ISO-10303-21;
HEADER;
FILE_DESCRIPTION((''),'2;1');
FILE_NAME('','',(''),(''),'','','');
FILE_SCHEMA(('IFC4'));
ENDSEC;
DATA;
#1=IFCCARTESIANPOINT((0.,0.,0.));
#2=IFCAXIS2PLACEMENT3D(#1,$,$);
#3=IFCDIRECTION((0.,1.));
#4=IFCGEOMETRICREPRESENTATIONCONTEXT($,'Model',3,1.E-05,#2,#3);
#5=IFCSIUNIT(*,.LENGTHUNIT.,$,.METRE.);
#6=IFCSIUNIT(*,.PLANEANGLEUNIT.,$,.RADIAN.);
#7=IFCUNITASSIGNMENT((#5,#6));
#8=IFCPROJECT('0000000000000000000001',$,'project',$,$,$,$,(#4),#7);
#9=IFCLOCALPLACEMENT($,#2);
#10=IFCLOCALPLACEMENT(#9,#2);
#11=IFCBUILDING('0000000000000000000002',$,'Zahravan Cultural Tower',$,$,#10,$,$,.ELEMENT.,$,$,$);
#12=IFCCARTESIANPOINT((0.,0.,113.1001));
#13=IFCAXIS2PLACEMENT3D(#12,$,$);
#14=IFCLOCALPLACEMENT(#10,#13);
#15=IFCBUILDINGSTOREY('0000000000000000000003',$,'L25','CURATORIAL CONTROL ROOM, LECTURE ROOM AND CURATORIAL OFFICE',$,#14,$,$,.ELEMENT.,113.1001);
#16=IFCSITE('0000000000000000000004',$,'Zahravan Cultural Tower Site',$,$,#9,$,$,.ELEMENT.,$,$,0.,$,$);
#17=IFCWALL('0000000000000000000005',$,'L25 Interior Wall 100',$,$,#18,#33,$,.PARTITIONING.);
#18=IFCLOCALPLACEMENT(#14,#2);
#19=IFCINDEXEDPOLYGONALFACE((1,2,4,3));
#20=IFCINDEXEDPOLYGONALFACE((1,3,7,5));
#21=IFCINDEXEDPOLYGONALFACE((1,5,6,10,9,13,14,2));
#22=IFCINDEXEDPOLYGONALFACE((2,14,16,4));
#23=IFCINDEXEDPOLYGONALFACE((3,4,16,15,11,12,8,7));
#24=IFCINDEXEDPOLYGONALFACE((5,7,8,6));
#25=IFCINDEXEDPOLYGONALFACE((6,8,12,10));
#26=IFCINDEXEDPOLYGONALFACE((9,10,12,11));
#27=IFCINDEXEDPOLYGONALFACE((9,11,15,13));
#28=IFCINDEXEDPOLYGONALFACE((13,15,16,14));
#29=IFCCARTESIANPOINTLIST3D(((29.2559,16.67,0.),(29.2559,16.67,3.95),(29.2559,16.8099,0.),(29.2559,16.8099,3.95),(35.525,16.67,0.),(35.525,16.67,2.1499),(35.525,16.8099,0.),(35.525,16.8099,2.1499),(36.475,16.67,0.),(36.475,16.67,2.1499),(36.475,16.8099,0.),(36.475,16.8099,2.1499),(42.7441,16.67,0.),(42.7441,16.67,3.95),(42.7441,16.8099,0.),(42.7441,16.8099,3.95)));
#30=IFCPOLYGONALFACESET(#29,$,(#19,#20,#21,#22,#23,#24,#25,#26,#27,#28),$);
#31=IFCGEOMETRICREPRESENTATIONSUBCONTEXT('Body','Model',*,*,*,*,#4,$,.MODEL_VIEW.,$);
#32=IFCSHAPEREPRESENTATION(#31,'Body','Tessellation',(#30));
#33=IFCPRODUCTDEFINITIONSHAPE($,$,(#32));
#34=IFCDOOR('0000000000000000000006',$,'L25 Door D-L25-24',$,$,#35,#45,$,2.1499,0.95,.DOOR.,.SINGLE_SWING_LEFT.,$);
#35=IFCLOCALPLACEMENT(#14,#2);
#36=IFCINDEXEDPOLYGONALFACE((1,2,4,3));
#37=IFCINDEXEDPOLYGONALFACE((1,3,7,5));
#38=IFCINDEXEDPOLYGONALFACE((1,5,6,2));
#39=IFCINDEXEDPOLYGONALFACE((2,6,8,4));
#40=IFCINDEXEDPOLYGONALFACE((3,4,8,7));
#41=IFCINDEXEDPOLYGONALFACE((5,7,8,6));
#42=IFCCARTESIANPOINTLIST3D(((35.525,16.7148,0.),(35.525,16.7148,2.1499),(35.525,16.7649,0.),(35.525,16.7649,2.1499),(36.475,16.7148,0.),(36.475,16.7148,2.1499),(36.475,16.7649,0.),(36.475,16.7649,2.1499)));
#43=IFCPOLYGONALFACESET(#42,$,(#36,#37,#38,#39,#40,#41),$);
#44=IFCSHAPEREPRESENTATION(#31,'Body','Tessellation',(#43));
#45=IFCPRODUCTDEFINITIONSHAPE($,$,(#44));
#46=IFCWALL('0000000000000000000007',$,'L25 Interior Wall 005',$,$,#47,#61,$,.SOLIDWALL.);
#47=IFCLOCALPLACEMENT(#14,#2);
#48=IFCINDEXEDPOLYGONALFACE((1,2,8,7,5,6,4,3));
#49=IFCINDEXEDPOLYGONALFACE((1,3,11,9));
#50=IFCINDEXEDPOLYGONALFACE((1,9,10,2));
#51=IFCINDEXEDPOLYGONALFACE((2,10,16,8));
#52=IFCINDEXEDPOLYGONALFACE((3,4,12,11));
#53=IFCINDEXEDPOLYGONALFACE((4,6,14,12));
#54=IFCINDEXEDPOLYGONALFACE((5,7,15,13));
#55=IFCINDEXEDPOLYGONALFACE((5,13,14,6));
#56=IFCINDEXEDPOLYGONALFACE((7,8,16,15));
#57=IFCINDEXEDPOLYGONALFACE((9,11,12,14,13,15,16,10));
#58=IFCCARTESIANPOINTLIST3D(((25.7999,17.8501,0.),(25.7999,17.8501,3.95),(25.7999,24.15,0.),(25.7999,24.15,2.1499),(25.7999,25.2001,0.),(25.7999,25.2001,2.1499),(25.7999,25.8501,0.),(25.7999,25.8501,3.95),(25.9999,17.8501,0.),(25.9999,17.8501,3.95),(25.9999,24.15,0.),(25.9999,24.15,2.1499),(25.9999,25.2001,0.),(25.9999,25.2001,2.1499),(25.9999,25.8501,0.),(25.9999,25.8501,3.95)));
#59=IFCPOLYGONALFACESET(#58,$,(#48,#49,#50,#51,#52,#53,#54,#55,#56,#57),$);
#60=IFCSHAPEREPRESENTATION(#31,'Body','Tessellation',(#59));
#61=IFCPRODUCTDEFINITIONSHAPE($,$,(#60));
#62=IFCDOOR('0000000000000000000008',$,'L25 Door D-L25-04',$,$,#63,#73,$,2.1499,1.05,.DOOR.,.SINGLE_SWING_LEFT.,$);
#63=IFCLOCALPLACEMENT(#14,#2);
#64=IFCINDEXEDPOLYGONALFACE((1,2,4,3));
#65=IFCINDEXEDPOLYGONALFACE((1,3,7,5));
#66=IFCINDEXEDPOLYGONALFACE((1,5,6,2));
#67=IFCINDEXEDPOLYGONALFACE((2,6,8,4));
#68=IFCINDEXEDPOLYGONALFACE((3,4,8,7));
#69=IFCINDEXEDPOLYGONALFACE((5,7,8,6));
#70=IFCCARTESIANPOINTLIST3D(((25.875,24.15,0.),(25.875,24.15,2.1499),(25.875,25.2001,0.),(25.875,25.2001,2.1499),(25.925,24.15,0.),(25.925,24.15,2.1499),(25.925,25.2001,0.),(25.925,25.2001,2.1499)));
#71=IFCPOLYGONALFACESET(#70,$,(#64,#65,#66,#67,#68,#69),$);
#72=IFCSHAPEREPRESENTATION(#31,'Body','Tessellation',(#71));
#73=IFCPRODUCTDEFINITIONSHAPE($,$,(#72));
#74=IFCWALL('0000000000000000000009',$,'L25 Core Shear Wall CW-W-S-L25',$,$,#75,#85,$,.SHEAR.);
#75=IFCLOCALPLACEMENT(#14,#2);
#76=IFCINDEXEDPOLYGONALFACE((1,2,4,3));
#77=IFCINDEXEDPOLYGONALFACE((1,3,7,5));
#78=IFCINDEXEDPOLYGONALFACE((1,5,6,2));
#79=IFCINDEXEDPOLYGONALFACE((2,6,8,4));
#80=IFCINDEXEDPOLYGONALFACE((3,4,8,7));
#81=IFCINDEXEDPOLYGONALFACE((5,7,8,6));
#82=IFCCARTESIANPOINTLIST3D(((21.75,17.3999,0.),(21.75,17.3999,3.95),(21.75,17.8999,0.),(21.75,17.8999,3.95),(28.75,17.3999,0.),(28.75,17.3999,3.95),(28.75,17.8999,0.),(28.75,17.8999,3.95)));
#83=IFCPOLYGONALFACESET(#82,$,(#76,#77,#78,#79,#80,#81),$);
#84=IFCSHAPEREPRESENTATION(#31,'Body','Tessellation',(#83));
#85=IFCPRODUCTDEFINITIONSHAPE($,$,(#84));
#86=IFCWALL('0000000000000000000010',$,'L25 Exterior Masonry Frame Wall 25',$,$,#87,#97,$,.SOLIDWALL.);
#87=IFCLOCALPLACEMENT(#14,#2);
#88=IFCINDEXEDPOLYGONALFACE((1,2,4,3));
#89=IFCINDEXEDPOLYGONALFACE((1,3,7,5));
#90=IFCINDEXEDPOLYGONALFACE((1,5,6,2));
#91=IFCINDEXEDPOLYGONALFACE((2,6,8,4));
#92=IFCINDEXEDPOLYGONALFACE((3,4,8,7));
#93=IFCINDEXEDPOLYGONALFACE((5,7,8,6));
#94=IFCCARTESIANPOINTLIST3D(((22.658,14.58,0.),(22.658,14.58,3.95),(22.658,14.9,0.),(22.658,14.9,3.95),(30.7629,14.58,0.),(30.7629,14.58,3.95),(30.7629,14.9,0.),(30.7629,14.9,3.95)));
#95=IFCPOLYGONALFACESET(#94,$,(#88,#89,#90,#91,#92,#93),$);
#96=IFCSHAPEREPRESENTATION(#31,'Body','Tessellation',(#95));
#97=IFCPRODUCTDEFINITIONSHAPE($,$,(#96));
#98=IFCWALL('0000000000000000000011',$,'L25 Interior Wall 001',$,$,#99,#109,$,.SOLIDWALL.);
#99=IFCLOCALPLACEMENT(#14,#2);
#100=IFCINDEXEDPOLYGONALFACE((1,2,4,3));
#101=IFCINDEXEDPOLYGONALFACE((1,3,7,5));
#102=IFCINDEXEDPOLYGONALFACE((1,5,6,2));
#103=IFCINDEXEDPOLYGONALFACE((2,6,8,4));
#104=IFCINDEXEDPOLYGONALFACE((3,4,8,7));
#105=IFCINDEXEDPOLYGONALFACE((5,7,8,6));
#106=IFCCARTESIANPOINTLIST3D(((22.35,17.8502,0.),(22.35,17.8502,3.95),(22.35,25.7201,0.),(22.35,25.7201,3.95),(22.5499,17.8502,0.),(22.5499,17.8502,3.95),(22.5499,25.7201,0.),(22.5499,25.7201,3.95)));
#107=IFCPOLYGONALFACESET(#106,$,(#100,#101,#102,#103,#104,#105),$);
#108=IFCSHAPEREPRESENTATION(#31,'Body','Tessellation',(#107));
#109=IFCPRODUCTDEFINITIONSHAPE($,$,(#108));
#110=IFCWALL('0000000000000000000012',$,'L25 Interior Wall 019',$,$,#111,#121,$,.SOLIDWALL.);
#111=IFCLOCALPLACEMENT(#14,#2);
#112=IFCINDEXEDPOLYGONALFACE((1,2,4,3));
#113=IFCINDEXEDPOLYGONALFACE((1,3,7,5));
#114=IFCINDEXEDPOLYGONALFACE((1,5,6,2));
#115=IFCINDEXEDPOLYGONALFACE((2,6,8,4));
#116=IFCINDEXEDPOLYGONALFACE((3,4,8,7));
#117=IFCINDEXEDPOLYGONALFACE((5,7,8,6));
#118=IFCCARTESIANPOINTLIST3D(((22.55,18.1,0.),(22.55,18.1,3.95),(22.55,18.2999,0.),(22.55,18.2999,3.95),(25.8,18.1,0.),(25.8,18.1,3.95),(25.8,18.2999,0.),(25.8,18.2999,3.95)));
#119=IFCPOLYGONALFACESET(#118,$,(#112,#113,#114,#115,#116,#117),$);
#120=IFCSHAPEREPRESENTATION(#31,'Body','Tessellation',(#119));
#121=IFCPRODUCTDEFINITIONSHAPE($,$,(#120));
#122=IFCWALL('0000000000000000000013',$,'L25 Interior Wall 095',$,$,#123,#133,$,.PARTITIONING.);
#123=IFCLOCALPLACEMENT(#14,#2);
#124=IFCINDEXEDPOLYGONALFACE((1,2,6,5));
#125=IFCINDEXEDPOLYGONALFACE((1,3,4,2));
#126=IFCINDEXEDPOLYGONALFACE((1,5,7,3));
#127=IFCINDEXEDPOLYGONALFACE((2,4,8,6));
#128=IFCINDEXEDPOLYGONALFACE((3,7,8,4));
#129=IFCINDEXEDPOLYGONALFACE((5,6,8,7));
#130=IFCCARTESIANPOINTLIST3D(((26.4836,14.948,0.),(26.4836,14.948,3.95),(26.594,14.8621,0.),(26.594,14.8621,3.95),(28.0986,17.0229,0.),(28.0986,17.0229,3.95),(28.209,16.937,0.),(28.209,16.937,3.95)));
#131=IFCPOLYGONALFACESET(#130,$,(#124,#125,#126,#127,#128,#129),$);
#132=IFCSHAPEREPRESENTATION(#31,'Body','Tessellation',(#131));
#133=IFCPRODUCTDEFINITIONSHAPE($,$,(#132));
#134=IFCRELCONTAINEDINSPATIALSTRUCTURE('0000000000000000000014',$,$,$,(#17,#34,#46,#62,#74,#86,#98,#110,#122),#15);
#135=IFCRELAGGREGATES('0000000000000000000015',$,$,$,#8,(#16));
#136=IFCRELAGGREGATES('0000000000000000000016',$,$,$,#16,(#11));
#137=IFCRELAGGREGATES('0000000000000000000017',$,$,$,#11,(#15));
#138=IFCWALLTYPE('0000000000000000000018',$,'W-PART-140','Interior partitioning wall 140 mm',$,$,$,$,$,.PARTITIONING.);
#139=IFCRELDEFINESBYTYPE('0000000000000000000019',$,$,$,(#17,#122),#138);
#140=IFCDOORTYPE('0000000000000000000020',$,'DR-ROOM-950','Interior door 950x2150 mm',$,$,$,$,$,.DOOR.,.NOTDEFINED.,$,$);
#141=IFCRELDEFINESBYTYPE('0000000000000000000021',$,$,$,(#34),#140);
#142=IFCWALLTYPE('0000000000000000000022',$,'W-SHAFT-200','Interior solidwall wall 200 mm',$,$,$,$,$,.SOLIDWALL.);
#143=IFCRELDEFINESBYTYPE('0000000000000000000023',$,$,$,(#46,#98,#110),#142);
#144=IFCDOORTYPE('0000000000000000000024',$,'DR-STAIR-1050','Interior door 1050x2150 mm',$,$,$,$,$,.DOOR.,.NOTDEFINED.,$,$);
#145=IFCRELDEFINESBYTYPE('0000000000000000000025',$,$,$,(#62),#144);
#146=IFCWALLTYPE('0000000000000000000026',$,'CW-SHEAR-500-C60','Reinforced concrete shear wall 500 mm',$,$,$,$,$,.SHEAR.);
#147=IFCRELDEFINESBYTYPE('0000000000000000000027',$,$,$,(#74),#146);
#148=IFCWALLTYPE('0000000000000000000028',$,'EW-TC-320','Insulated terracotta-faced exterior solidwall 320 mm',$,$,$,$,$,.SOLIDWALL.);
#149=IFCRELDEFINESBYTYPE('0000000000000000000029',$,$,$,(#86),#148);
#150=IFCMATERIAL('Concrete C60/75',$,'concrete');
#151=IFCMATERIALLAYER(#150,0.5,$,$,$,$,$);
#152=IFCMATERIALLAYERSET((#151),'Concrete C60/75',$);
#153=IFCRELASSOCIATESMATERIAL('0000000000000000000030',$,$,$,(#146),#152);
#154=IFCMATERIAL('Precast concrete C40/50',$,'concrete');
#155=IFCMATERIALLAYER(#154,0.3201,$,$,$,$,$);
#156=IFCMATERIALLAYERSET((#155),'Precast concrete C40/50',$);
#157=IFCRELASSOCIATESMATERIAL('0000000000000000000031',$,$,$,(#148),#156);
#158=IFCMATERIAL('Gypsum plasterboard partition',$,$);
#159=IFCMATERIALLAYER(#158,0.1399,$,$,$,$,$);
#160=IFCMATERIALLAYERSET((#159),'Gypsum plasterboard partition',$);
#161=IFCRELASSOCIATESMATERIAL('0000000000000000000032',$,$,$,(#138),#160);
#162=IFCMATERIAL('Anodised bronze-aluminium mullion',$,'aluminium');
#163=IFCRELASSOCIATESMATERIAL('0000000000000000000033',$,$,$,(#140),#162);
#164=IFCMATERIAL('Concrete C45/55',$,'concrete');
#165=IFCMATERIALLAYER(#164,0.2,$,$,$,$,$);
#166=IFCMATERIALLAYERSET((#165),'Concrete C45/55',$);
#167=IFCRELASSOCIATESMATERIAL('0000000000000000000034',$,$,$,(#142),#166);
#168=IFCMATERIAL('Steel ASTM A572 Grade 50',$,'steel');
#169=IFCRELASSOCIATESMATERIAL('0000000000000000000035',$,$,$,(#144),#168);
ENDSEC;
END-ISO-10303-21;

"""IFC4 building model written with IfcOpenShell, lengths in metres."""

from ifc_helpers import new_model, si_unit, direction, frame, frame_2d, origin, place, context, subcontext, project, spatial, rectangle, extrude, source, transform, mapped, material, layer, layer_set, type_object, element, fill, save


model = new_model("IFC4")

# Units and contexts
model_context = context("Model", 3, precision=1e-05, world=origin(), true_north=direction((0.0, 1.0)))
body_context = subcontext(model_context, "Body", "Model", "MODEL_VIEW")
ifc_project = project(units=[si_unit("LENGTHUNIT", "METRE"), si_unit("PLANEANGLEUNIT", "RADIAN")], contexts=[model_context])

# Site, building, storey
site_placement = place(None, origin())
site = spatial("IfcSite", under=ifc_project, at=site_placement, Name="Zahravan Cultural Tower Site", CompositionType="ELEMENT", RefElevation=0.0)
building_placement = place(site_placement, origin())
building = spatial("IfcBuilding", under=site, at=building_placement, Name="Zahravan Cultural Tower", CompositionType="ELEMENT")
storey_placement = place(building_placement, frame((0.0, 0.0, 113.1001)))
storey = spatial("IfcBuildingStorey", under=building, at=storey_placement, Name="L25", Description="CURATORIAL CONTROL ROOM, LECTURE ROOM AND CURATORIAL OFFICE", CompositionType="ELEMENT", Elevation=113.1001)

# Shared definitions
ifc_material_1 = material(Name="Concrete C60/75", Category="concrete")

# Shared definitions
ifc_material_2 = material(Name="Anodised bronze-aluminium mullion", Category="aluminium")

# Shared definitions
ifc_layer_1 = layer(ifc_material_1, 0.5)
ifc_layer_set_1 = layer_set([ifc_layer_1], Name="Concrete C60/75")
wall_type_1 = type_object("IfcWallType", Name="CW-SHEAR-500-C60", Description="Reinforced concrete shear wall 500 mm", PredefinedType="SHEAR", material=ifc_layer_set_1)
ifc_material_3 = material(Name="Steel ASTM A572 Grade 50", Category="steel")

# Shared definitions
ifc_material_4 = material(Name="Precast concrete C40/50", Category="concrete")
ifc_layer_2 = layer(ifc_material_4, 0.3201)
ifc_layer_set_2 = layer_set([ifc_layer_2], Name="Precast concrete C40/50")
wall_type_2 = type_object("IfcWallType", Name="EW-TC-320", Description="Insulated terracotta-faced exterior solidwall 320 mm", PredefinedType="SOLIDWALL", material=ifc_layer_set_2)

# Walls, openings, doors
ifc_material_5 = material(Name="Gypsum plasterboard partition")
ifc_layer_3 = layer(ifc_material_5, 0.1399)
ifc_layer_set_3 = layer_set([ifc_layer_3], Name="Gypsum plasterboard partition")
wall_type_3 = type_object("IfcWallType", Name="W-PART-140", Description="Interior partitioning wall 140 mm", PredefinedType="PARTITIONING", material=ifc_layer_set_3)
wall_1_placement = place(storey_placement, frame((29.2559, 16.74, 0.0), z_axis=(0.0, 0.0, 1.0), x_axis=(1.0, 0.0, 0.0)))
wall_1 = element("IfcWall", 1, at=wall_1_placement, inside=storey, type_object=wall_type_3, Name="L25 Interior Wall 100", PredefinedType="PARTITIONING", context=body_context, shape_type="SweptSolid", body=[
    extrude(rectangle(XDim=13.4883, YDim=0.1399, at=frame_2d((6.7441, 0.0))), origin(), (0.0, 0.0, 1.0), 3.95),
])
opening_1_placement = place(wall_1_placement, frame((6.269, 0.0, 0.0)))
opening_1 = element("IfcOpeningElement", 2, at=opening_1_placement, cuts=wall_1, PredefinedType="OPENING", context=body_context, shape_type="SweptSolid", body=[
    extrude(rectangle(XDim=0.95, YDim=2.1499, at=frame_2d((0.4751, 1.075))), frame((0.0, 0.0798, 0.0), z_axis=(0.0, -1.0, 0.0), x_axis=(1.0, 0.0, 0.0)), (0.0, 0.0, 1.0), 0.1599),
])
door_type_1 = type_object("IfcDoorType", Name="DR-ROOM-950", Description="Interior door 950x2150 mm", OperationType="NOTDEFINED", PredefinedType="DOOR", material=ifc_material_2)
shared_shape_1 = source(origin(), body_context, "Body", "SweptSolid", [
    extrude(rectangle(XDim=0.95, YDim=2.1499, at=frame_2d((0.4751, 1.075))), frame((0.0, 0.0249, 0.0), z_axis=(0.0, -1.0, 0.0), x_axis=(1.0, 0.0, 0.0)), (0.0, 0.0, 1.0), 0.05),
])
door_1_placement = place(opening_1_placement, origin())
door_1 = element("IfcDoor", 3, at=door_1_placement, inside=storey, type_object=door_type_1, Name="L25 Door D-L25-24", OperationType="SINGLE_SWING_LEFT", OverallHeight=2.1499, OverallWidth=0.95, PredefinedType="DOOR", context=body_context, shape_type="MappedRepresentation", body=[
    mapped(shared_shape_1, transform((0.0, 0.0, 0.0), x_axis=(1.0, 0.0, 0.0), y_axis=(0.0, 1.0, 0.0), z_axis=(0.0, 0.0, 1.0), scale=1.0)),
])
fill(opening_1, door_1)
ifc_material_6 = material(Name="Concrete C45/55", Category="concrete")
ifc_layer_4 = layer(ifc_material_6, 0.2)
ifc_layer_set_4 = layer_set([ifc_layer_4], Name="Concrete C45/55")
wall_type_4 = type_object("IfcWallType", Name="W-SHAFT-200", Description="Interior solidwall wall 200 mm", PredefinedType="SOLIDWALL", material=ifc_layer_set_4)
wall_2_placement = place(storey_placement, frame((25.8999, 17.8501, 0.0), z_axis=(0.0, 0.0, 1.0), x_axis=(0.0, 1.0, 0.0)))
wall_2 = element("IfcWall", 4, at=wall_2_placement, inside=storey, type_object=wall_type_4, Name="L25 Interior Wall 005", PredefinedType="SOLIDWALL", context=body_context, shape_type="SweptSolid", body=[
    extrude(rectangle(XDim=8.0, YDim=0.2, at=frame_2d((4.0, 0.0))), origin(), (0.0, 0.0, 1.0), 3.95),
])
opening_2_placement = place(wall_2_placement, frame((6.3, 0.0, 0.0)))
opening_2 = element("IfcOpeningElement", 5, at=opening_2_placement, cuts=wall_2, PredefinedType="OPENING", context=body_context, shape_type="SweptSolid", body=[
    extrude(rectangle(XDim=1.05, YDim=2.1499, at=frame_2d((0.5249, 1.075))), frame((0.0, 0.1099, 0.0), z_axis=(0.0, -1.0, 0.0), x_axis=(1.0, 0.0, 0.0)), (0.0, 0.0, 1.0), 0.22),
])
door_type_2 = type_object("IfcDoorType", Name="DR-STAIR-1050", Description="Interior door 1050x2150 mm", OperationType="NOTDEFINED", PredefinedType="DOOR", material=ifc_material_3)
shared_shape_2 = source(origin(), body_context, "Body", "SweptSolid", [
    extrude(rectangle(XDim=1.05, YDim=2.1499, at=frame_2d((0.5249, 1.075))), frame((0.0, 0.0249, 0.0), z_axis=(0.0, -1.0, 0.0), x_axis=(1.0, 0.0, 0.0)), (0.0, 0.0, 1.0), 0.05),
])
door_2_placement = place(opening_2_placement, origin())
door_2 = element("IfcDoor", 6, at=door_2_placement, inside=storey, type_object=door_type_2, Name="L25 Door D-L25-04", OperationType="SINGLE_SWING_LEFT", OverallHeight=2.1499, OverallWidth=1.05, PredefinedType="DOOR", context=body_context, shape_type="MappedRepresentation", body=[
    mapped(shared_shape_2, transform((0.0, 0.0, 0.0), x_axis=(1.0, 0.0, 0.0), y_axis=(0.0, 1.0, 0.0), z_axis=(0.0, 0.0, 1.0), scale=1.0)),
])
fill(opening_2, door_2)

# Walls
shared_shape_3 = source(origin(), body_context, "Body", "SweptSolid", [
    extrude(rectangle(XDim=7.0, YDim=0.5, at=frame_2d((3.5, 0.0))), origin(), (0.0, 0.0, 1.0), 3.95),
])
wall_3_placement = place(storey_placement, frame((21.75, 17.6499, 0.0), z_axis=(0.0, 0.0, 1.0), x_axis=(1.0, 0.0, 0.0)))
element("IfcWall", 7, at=wall_3_placement, inside=storey, type_object=wall_type_1, Name="L25 Core Shear Wall CW-W-S-L25", PredefinedType="SHEAR", context=body_context, shape_type="MappedRepresentation", body=[
    mapped(shared_shape_3, transform((0.0, 0.0, 0.0), x_axis=(1.0, 0.0, 0.0), y_axis=(0.0, 1.0, 0.0), z_axis=(0.0, 0.0, 1.0), scale=1.0)),
])
shared_shape_4 = source(origin(), body_context, "Body", "SweptSolid", [
    extrude(rectangle(XDim=8.105, YDim=0.3201, at=frame_2d((4.0525, 0.0))), origin(), (0.0, 0.0, 1.0), 3.95),
])
wall_4_placement = place(storey_placement, frame((30.7629, 14.74, 0.0), z_axis=(0.0, 0.0, 1.0), x_axis=(-1.0, 0.0, 0.0)))
element("IfcWall", 8, at=wall_4_placement, inside=storey, type_object=wall_type_2, Name="L25 Exterior Masonry Frame Wall 25", PredefinedType="SOLIDWALL", context=body_context, shape_type="MappedRepresentation", body=[
    mapped(shared_shape_4, transform((0.0, 0.0, 0.0), x_axis=(1.0, 0.0, 0.0), y_axis=(0.0, 1.0, 0.0), z_axis=(0.0, 0.0, 1.0), scale=1.0)),
])
shared_shape_5 = source(origin(), body_context, "Body", "SweptSolid", [
    extrude(rectangle(XDim=7.8699, YDim=0.2, at=frame_2d((3.9351, 0.0))), origin(), (0.0, 0.0, 1.0), 3.95),
])
wall_5_placement = place(storey_placement, frame((22.45, 17.8501, 0.0), z_axis=(0.0, 0.0, 1.0), x_axis=(0.0, 1.0, 0.0)))
element("IfcWall", 9, at=wall_5_placement, inside=storey, type_object=wall_type_4, Name="L25 Interior Wall 001", PredefinedType="SOLIDWALL", context=body_context, shape_type="MappedRepresentation", body=[
    mapped(shared_shape_5, transform((0.0, 0.0, 0.0), x_axis=(1.0, 0.0, 0.0), y_axis=(0.0, 1.0, 0.0), z_axis=(0.0, 0.0, 1.0), scale=1.0)),
])
shared_shape_6 = source(origin(), body_context, "Body", "SweptSolid", [
    extrude(rectangle(XDim=3.25, YDim=0.2, at=frame_2d((1.625, 0.0))), origin(), (0.0, 0.0, 1.0), 3.95),
])
wall_6_placement = place(storey_placement, frame((22.55, 18.2, 0.0), z_axis=(0.0, 0.0, 1.0), x_axis=(1.0, 0.0, 0.0)))
element("IfcWall", 10, at=wall_6_placement, inside=storey, type_object=wall_type_4, Name="L25 Interior Wall 019", PredefinedType="SOLIDWALL", context=body_context, shape_type="MappedRepresentation", body=[
    mapped(shared_shape_6, transform((0.0, 0.0, 0.0), x_axis=(1.0, 0.0, 0.0), y_axis=(0.0, 1.0, 0.0), z_axis=(0.0, 0.0, 1.0), scale=1.0)),
])
shared_shape_7 = source(origin(), body_context, "Body", "SweptSolid", [
    extrude(rectangle(XDim=2.6294, YDim=0.1399, at=frame_2d((1.3147, 0.0))), origin(), (0.0, 0.0, 1.0), 3.95),
])
wall_7_placement = place(storey_placement, frame((28.1538, 16.98, 0.0), z_axis=(0.0, 0.0, 1.0), x_axis=(-0.614211, -0.789142, 0.0)))
element("IfcWall", 11, at=wall_7_placement, inside=storey, type_object=wall_type_3, Name="L25 Interior Wall 095", PredefinedType="PARTITIONING", context=body_context, shape_type="MappedRepresentation", body=[
    mapped(shared_shape_7, transform((0.0, 0.0, 0.0), x_axis=(1.0, 0.0, 0.0), y_axis=(0.0, 1.0, 0.0), z_axis=(0.0, 0.0, 1.0), scale=1.0)),
])

save(model, "model.ifc")
